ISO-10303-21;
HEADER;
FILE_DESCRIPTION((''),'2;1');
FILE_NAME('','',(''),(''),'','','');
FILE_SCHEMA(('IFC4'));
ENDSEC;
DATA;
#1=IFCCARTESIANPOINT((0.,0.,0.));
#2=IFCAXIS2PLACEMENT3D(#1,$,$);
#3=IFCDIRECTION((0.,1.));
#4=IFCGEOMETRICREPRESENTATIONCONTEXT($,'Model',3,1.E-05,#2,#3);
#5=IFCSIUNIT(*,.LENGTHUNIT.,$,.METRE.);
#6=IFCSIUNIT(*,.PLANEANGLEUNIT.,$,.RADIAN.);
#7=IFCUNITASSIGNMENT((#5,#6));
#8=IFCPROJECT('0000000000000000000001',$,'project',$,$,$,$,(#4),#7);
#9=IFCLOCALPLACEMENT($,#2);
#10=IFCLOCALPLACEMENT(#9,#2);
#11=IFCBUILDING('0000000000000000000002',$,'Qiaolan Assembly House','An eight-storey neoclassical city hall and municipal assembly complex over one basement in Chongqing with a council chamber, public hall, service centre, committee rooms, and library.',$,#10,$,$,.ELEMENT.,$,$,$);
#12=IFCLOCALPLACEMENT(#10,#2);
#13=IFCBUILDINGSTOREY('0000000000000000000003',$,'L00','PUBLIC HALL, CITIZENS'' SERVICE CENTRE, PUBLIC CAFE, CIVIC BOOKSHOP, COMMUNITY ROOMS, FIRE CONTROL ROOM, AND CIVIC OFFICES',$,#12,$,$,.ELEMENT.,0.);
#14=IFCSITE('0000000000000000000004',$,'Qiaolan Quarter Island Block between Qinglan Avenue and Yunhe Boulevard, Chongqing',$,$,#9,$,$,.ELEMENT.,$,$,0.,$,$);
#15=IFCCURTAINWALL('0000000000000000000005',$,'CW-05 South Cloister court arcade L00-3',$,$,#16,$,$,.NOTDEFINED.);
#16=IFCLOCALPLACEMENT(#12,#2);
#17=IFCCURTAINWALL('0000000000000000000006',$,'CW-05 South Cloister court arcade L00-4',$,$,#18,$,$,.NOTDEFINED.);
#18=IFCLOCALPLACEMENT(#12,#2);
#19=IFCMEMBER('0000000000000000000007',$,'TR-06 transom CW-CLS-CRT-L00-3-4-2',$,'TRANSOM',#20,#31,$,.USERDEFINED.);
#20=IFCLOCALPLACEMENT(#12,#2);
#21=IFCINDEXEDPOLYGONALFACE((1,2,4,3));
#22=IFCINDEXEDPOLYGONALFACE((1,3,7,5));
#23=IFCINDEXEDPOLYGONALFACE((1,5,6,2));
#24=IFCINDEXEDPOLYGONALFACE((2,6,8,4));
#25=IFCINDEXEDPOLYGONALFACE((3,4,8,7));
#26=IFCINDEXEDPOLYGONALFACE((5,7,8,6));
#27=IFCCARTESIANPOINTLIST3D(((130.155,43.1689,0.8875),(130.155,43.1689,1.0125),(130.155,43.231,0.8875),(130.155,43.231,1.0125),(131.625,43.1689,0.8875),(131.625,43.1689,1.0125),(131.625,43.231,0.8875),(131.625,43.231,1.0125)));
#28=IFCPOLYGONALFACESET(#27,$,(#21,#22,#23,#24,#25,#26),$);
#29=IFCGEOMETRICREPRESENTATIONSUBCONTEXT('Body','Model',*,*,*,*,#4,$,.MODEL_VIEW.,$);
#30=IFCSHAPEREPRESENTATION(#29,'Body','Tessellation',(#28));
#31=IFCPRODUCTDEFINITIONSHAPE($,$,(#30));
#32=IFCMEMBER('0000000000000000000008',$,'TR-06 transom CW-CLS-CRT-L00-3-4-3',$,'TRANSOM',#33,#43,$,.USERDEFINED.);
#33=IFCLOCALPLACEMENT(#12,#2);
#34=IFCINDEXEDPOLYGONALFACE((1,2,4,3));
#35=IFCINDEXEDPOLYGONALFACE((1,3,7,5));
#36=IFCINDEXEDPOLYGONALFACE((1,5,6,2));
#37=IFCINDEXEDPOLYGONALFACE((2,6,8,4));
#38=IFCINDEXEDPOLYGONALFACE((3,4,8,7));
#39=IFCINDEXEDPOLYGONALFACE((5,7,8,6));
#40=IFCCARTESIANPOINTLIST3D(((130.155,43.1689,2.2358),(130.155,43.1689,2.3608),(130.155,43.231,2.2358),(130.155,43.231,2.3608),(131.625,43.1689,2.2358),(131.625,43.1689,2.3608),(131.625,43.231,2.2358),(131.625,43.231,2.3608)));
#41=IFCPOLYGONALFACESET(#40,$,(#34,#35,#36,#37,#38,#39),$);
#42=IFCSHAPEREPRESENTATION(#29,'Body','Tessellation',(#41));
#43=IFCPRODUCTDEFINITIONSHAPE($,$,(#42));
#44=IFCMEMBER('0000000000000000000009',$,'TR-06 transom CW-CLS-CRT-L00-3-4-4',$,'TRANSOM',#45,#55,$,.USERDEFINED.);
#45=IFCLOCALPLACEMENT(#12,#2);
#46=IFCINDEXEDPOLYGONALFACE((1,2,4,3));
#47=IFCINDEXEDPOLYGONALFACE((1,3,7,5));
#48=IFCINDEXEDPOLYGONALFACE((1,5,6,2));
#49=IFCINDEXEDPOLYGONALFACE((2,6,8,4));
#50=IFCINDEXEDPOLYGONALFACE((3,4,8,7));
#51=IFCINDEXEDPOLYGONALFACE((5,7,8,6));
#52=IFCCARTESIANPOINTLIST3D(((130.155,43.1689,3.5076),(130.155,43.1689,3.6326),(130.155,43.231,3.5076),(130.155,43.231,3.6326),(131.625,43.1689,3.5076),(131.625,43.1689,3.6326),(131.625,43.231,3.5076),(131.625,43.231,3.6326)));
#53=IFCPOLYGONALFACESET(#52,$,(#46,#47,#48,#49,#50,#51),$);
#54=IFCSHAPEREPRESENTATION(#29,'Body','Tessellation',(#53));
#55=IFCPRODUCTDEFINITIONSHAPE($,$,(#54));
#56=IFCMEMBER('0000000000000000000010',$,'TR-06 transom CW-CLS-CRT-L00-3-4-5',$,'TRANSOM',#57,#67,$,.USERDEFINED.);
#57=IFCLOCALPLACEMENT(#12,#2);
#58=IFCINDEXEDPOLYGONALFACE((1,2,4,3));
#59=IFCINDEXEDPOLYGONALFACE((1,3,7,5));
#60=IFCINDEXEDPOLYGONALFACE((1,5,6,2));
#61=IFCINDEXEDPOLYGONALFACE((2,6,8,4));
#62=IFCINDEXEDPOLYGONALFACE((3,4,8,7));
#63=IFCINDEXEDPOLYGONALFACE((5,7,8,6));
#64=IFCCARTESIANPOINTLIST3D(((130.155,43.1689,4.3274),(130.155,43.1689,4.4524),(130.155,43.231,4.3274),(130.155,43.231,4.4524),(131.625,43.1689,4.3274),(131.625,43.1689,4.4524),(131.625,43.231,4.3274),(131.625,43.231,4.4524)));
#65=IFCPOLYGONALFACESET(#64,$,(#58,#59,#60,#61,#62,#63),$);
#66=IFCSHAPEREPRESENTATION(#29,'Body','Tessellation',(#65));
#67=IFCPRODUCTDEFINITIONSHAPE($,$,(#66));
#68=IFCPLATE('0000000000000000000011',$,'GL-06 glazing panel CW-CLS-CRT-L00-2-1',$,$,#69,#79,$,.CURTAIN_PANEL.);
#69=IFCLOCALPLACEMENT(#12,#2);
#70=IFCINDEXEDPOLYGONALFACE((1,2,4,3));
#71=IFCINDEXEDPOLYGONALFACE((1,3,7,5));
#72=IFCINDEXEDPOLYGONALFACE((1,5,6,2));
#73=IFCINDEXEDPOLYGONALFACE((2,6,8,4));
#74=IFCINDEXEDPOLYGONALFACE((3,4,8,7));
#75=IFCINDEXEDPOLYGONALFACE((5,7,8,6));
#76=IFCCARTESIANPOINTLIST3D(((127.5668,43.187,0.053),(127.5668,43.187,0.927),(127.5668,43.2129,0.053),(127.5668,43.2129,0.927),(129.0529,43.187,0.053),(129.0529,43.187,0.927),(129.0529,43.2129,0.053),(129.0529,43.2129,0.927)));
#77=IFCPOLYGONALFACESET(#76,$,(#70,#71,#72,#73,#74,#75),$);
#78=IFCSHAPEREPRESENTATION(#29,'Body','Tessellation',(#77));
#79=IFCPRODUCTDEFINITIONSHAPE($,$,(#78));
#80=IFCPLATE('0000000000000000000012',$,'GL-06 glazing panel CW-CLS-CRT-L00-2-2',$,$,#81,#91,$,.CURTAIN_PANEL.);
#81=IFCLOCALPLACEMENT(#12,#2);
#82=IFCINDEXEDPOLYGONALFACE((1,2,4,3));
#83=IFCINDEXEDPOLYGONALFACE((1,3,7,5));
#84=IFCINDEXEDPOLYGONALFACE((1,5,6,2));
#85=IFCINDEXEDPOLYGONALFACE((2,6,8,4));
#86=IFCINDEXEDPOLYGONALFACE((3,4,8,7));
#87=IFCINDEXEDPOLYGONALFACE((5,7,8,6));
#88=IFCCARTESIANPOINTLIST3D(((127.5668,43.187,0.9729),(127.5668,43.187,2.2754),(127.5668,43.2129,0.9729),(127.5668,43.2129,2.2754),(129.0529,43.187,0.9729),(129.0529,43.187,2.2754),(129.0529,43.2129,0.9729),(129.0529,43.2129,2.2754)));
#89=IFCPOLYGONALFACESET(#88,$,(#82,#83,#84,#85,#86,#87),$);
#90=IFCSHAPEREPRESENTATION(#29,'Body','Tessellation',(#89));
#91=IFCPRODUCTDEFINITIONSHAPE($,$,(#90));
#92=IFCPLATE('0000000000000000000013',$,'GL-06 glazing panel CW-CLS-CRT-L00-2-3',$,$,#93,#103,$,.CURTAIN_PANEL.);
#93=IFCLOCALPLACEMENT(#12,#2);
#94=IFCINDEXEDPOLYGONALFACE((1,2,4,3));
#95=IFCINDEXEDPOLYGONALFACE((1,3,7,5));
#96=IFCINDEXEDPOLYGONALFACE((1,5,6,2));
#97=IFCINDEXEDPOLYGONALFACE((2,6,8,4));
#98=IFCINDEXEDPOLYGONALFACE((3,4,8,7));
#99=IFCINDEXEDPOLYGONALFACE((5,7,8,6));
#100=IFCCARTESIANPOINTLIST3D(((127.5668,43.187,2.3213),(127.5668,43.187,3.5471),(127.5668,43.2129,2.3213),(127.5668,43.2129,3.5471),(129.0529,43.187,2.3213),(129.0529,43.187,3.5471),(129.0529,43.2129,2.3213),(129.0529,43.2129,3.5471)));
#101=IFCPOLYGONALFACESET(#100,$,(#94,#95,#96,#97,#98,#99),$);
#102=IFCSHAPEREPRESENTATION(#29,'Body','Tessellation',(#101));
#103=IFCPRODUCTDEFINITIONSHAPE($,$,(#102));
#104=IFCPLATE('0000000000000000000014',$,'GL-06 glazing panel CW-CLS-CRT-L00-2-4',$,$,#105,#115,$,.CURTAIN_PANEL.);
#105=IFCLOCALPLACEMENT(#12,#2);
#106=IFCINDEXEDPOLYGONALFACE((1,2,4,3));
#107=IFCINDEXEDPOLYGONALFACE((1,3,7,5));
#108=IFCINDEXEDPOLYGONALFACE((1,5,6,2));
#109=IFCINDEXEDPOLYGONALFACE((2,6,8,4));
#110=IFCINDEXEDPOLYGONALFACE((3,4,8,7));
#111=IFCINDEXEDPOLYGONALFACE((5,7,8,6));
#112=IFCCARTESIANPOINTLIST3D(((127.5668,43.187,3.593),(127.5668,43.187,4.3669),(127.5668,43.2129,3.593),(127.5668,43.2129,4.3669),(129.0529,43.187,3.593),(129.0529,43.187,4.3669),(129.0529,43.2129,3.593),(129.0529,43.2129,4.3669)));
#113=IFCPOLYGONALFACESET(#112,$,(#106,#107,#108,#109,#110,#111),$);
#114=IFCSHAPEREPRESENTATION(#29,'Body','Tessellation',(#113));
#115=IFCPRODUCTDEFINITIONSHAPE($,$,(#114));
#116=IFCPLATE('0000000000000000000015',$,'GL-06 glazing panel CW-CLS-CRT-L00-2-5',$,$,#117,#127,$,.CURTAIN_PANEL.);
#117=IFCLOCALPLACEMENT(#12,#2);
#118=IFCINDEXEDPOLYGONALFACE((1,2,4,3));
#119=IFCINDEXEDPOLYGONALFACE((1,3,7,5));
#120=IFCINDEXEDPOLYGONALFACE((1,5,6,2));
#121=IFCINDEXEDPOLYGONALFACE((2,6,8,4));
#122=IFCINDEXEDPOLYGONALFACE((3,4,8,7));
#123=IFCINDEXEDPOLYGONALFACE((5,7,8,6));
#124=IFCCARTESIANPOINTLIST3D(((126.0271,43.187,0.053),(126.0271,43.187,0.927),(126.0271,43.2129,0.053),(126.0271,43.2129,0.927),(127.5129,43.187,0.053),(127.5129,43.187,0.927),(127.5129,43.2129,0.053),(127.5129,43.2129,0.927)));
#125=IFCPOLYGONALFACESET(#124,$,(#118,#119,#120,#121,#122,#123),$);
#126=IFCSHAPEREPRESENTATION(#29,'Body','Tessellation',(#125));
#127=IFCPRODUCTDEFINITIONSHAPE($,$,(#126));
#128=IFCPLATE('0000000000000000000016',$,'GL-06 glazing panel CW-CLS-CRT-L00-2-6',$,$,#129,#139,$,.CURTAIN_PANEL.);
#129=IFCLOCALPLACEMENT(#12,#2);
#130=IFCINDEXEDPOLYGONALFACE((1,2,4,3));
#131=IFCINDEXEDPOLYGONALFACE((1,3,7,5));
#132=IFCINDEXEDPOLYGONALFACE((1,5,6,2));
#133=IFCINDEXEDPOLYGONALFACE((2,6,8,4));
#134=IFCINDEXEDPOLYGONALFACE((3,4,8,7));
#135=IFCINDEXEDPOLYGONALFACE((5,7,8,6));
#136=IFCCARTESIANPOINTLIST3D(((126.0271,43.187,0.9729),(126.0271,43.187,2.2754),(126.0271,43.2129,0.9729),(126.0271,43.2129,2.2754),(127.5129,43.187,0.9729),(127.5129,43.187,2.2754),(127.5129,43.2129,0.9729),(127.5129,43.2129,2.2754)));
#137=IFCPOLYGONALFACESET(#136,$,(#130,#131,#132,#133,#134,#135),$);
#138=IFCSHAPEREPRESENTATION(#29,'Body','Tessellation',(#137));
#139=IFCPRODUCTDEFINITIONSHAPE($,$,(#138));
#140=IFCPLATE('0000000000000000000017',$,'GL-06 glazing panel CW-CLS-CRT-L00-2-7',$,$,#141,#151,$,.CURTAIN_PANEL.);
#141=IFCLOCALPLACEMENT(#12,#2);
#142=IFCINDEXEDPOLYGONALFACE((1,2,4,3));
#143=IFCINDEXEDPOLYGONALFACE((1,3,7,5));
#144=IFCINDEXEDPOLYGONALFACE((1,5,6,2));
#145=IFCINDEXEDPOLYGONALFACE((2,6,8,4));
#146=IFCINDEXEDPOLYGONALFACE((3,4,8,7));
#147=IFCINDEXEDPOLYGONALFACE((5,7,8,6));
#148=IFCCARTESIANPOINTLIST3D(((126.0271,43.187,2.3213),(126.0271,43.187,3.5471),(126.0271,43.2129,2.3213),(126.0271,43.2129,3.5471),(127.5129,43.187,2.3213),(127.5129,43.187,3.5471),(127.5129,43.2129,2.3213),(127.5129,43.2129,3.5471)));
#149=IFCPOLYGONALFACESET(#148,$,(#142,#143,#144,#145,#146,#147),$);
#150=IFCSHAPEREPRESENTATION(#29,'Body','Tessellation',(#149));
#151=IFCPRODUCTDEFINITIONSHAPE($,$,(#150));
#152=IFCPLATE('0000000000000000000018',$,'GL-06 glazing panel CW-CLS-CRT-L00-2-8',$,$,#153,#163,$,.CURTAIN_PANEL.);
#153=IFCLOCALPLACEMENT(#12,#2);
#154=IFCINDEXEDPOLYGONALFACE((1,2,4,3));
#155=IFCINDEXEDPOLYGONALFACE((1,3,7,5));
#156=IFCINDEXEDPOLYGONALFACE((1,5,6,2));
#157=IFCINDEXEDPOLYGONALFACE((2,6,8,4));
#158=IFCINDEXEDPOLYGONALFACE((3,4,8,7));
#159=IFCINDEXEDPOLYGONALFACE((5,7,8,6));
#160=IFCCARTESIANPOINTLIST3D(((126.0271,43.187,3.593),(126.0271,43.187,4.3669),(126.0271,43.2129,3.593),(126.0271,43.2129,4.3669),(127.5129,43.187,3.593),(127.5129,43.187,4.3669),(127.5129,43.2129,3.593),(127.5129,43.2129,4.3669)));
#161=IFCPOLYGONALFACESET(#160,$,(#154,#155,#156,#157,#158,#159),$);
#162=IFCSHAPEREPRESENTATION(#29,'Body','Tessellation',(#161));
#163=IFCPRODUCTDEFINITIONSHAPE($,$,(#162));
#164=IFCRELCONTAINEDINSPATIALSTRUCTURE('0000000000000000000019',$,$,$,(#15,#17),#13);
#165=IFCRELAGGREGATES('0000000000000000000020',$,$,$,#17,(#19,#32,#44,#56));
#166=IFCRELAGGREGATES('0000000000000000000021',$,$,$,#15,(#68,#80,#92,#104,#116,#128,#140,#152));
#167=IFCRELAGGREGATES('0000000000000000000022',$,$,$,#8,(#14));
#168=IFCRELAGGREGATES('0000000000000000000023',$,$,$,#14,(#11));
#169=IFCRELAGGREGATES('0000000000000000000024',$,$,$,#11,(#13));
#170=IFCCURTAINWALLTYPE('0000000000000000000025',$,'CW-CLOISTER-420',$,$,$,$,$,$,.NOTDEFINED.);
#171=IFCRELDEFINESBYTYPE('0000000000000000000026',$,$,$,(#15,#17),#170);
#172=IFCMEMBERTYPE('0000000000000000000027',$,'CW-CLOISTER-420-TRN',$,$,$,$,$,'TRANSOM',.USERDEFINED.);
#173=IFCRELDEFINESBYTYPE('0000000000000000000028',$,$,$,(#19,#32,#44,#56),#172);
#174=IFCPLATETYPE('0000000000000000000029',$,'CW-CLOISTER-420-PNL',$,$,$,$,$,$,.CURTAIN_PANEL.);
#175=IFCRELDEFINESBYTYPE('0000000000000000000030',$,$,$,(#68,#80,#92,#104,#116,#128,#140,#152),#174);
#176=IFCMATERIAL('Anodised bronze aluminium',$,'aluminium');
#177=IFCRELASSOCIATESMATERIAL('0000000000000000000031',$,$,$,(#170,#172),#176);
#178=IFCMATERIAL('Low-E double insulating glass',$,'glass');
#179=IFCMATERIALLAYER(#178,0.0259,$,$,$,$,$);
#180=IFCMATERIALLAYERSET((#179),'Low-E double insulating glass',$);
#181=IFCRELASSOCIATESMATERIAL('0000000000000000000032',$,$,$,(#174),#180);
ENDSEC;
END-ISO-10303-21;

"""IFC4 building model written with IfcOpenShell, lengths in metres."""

from ifc_helpers import new_model, si_unit, direction, frame, frame_2d, origin, origin_2d, place, context, subcontext, project, spatial, rectangle, extrude, material, layer, layer_set, material_profile, profile_set, type_object, element, aggregate, save


model = new_model("IFC4")

# Units and contexts
model_context = context("Model", 3, precision=1e-05, world=origin(), true_north=direction((0.0, 1.0)))
body_context = subcontext(model_context, "Body", "Model", "MODEL_VIEW")
ifc_project = project(units=[si_unit("LENGTHUNIT", "METRE"), si_unit("PLANEANGLEUNIT", "RADIAN")], contexts=[model_context])

# Site, building, storey
site_placement = place(None, origin())
site = spatial("IfcSite", under=ifc_project, at=site_placement, Name="Qiaolan Quarter Island Block between Qinglan Avenue and Yunhe Boulevard, Chongqing", CompositionType="ELEMENT", RefElevation=0.0)
building_placement = place(site_placement, origin())
building = spatial("IfcBuilding", under=site, at=building_placement, Name="Qiaolan Assembly House", Description="An eight-storey neoclassical city hall and municipal assembly complex over one basement in Chongqing with a council chamber, public hall, service centre, committee rooms, and library.", CompositionType="ELEMENT")
storey_placement = place(building_placement, origin())
storey = spatial("IfcBuildingStorey", under=building, at=storey_placement, Name="L00", Description="PUBLIC HALL, CITIZENS' SERVICE CENTRE, PUBLIC CAFE, CIVIC BOOKSHOP, COMMUNITY ROOMS, FIRE CONTROL ROOM, AND CIVIC OFFICES", CompositionType="ELEMENT", Elevation=0.0)

# Curtain wall
ifc_material_1 = material(Name="Anodised bronze aluminium", Category="aluminium")
curtain_wall_type = type_object("IfcCurtainWallType", Name="CW-CLOISTER-420", PredefinedType="NOTDEFINED", material=ifc_material_1)
curtain_wall_1_placement = place(storey_placement, origin())
curtain_wall_1 = element("IfcCurtainWall", 1, at=curtain_wall_1_placement, inside=storey, type_object=curtain_wall_type, Name="CW-05 South Cloister court arcade L00-3", PredefinedType="NOTDEFINED")

# Curtain wall
curtain_wall_2_placement = place(storey_placement, origin())
curtain_wall_2 = element("IfcCurtainWall", 2, at=curtain_wall_2_placement, inside=storey, type_object=curtain_wall_type, Name="CW-05 South Cloister court arcade L00-4", PredefinedType="NOTDEFINED")

# Members
ifc_material_profile_1 = material_profile(ifc_material_1, rectangle(XDim=0.062, YDim=0.125, at=origin_2d()), Name="TRN 62x125")
ifc_profile_set_1 = profile_set([ifc_material_profile_1], Name="Anodised bronze aluminium")
member_type_1 = type_object("IfcMemberType", Name="CW-CLOISTER-420-TRN", ElementType="TRANSOM", PredefinedType="USERDEFINED", material=ifc_profile_set_1)
member_1_placement = place(storey_placement, frame((131.625, 43.2, 0.95), z_axis=(-1.0, 0.0, 0.0), x_axis=(0.0, -1.0, 0.0)))
member_1 = element("IfcMember", 3, at=member_1_placement, type_object=member_type_1, Name="TR-06 transom CW-CLS-CRT-L00-3-4-2", ObjectType="TRANSOM", PredefinedType="USERDEFINED", context=body_context, shape_type="SweptSolid", body=[
    extrude(rectangle(XDim=0.062, YDim=0.125, at=origin_2d()), origin(), (0.0, 0.0, 1.0), 1.47),
])
member_2_placement = place(storey_placement, frame((131.625, 43.2, 2.2983), z_axis=(-1.0, 0.0, 0.0), x_axis=(0.0, -1.0, 0.0)))
member_2 = element("IfcMember", 4, at=member_2_placement, type_object=member_type_1, Name="TR-06 transom CW-CLS-CRT-L00-3-4-3", ObjectType="TRANSOM", PredefinedType="USERDEFINED", context=body_context, shape_type="SweptSolid", body=[
    extrude(rectangle(XDim=0.062, YDim=0.125, at=origin_2d()), origin(), (0.0, 0.0, 1.0), 1.47),
])
member_3_placement = place(storey_placement, frame((131.625, 43.2, 3.5701), z_axis=(-1.0, 0.0, 0.0), x_axis=(0.0, -1.0, 0.0)))
member_3 = element("IfcMember", 5, at=member_3_placement, type_object=member_type_1, Name="TR-06 transom CW-CLS-CRT-L00-3-4-4", ObjectType="TRANSOM", PredefinedType="USERDEFINED", context=body_context, shape_type="SweptSolid", body=[
    extrude(rectangle(XDim=0.062, YDim=0.125, at=origin_2d()), origin(), (0.0, 0.0, 1.0), 1.47),
])
member_4_placement = place(storey_placement, frame((131.625, 43.2, 4.3899), z_axis=(-1.0, 0.0, 0.0), x_axis=(0.0, -1.0, 0.0)))
member_4 = element("IfcMember", 6, at=member_4_placement, type_object=member_type_1, Name="TR-06 transom CW-CLS-CRT-L00-3-4-5", ObjectType="TRANSOM", PredefinedType="USERDEFINED", context=body_context, shape_type="SweptSolid", body=[
    extrude(rectangle(XDim=0.062, YDim=0.125, at=origin_2d()), origin(), (0.0, 0.0, 1.0), 1.47),
])
aggregate(curtain_wall_2, [member_1, member_2, member_3, member_4])

# Plates
ifc_material_2 = material(Name="Low-E double insulating glass", Category="glass")
ifc_layer = layer(ifc_material_2, 0.0259)
ifc_layer_set = layer_set([ifc_layer], Name="Low-E double insulating glass")
plate_type = type_object("IfcPlateType", Name="CW-CLOISTER-420-PNL", PredefinedType="CURTAIN_PANEL", material=ifc_layer_set)
plate_1_placement = place(storey_placement, frame((129.053, 43.2, 0.053), z_axis=(0.0, 0.0, 1.0), x_axis=(-1.0, 0.0, 0.0)))
plate_1 = element("IfcPlate", 7, at=plate_1_placement, type_object=plate_type, Name="GL-06 glazing panel CW-CLS-CRT-L00-2-1", PredefinedType="CURTAIN_PANEL", context=body_context, shape_type="SweptSolid", body=[
    extrude(rectangle(XDim=1.4861, YDim=0.0259, at=frame_2d((0.7432, 0.0))), origin(), (0.0, 0.0, 1.0), 0.874),
])
plate_2_placement = place(storey_placement, frame((129.053, 43.2, 0.9729), z_axis=(0.0, 0.0, 1.0), x_axis=(-1.0, 0.0, 0.0)))
plate_2 = element("IfcPlate", 8, at=plate_2_placement, type_object=plate_type, Name="GL-06 glazing panel CW-CLS-CRT-L00-2-2", PredefinedType="CURTAIN_PANEL", context=body_context, shape_type="SweptSolid", body=[
    extrude(rectangle(XDim=1.4861, YDim=0.0259, at=frame_2d((0.7432, 0.0))), origin(), (0.0, 0.0, 1.0), 1.3025),
])
plate_3_placement = place(storey_placement, frame((129.053, 43.2, 2.3213), z_axis=(0.0, 0.0, 1.0), x_axis=(-1.0, 0.0, 0.0)))
plate_3 = element("IfcPlate", 9, at=plate_3_placement, type_object=plate_type, Name="GL-06 glazing panel CW-CLS-CRT-L00-2-3", PredefinedType="CURTAIN_PANEL", context=body_context, shape_type="SweptSolid", body=[
    extrude(rectangle(XDim=1.4861, YDim=0.0259, at=frame_2d((0.7432, 0.0))), origin(), (0.0, 0.0, 1.0), 1.2258),
])
plate_4_placement = place(storey_placement, frame((129.053, 43.2, 3.593), z_axis=(0.0, 0.0, 1.0), x_axis=(-1.0, 0.0, 0.0)))
plate_4 = element("IfcPlate", 10, at=plate_4_placement, type_object=plate_type, Name="GL-06 glazing panel CW-CLS-CRT-L00-2-4", PredefinedType="CURTAIN_PANEL", context=body_context, shape_type="SweptSolid", body=[
    extrude(rectangle(XDim=1.4861, YDim=0.0259, at=frame_2d((0.7432, 0.0))), origin(), (0.0, 0.0, 1.0), 0.7739),
])
plate_5_placement = place(storey_placement, frame((127.5129, 43.2, 0.053), z_axis=(0.0, 0.0, 1.0), x_axis=(-1.0, 0.0, 0.0)))
plate_5 = element("IfcPlate", 11, at=plate_5_placement, type_object=plate_type, Name="GL-06 glazing panel CW-CLS-CRT-L00-2-5", PredefinedType="CURTAIN_PANEL", context=body_context, shape_type="SweptSolid", body=[
    extrude(rectangle(XDim=1.4858, YDim=0.0259, at=frame_2d((0.7429, 0.0))), origin(), (0.0, 0.0, 1.0), 0.874),
])
plate_6_placement = place(storey_placement, frame((127.5129, 43.2, 0.9729), z_axis=(0.0, 0.0, 1.0), x_axis=(-1.0, 0.0, 0.0)))
plate_6 = element("IfcPlate", 12, at=plate_6_placement, type_object=plate_type, Name="GL-06 glazing panel CW-CLS-CRT-L00-2-6", PredefinedType="CURTAIN_PANEL", context=body_context, shape_type="SweptSolid", body=[
    extrude(rectangle(XDim=1.4858, YDim=0.0259, at=frame_2d((0.7429, 0.0))), origin(), (0.0, 0.0, 1.0), 1.3025),
])
plate_7_placement = place(storey_placement, frame((127.5129, 43.2, 2.3213), z_axis=(0.0, 0.0, 1.0), x_axis=(-1.0, 0.0, 0.0)))
plate_7 = element("IfcPlate", 13, at=plate_7_placement, type_object=plate_type, Name="GL-06 glazing panel CW-CLS-CRT-L00-2-7", PredefinedType="CURTAIN_PANEL", context=body_context, shape_type="SweptSolid", body=[
    extrude(rectangle(XDim=1.4858, YDim=0.0259, at=frame_2d((0.7429, 0.0))), origin(), (0.0, 0.0, 1.0), 1.2258),
])
plate_8_placement = place(storey_placement, frame((127.5129, 43.2, 3.593), z_axis=(0.0, 0.0, 1.0), x_axis=(-1.0, 0.0, 0.0)))
plate_8 = element("IfcPlate", 14, at=plate_8_placement, type_object=plate_type, Name="GL-06 glazing panel CW-CLS-CRT-L00-2-8", PredefinedType="CURTAIN_PANEL", context=body_context, shape_type="SweptSolid", body=[
    extrude(rectangle(XDim=1.4858, YDim=0.0259, at=frame_2d((0.7429, 0.0))), origin(), (0.0, 0.0, 1.0), 0.7739),
])
aggregate(curtain_wall_1, [plate_1, plate_2, plate_3, plate_4, plate_5, plate_6, plate_7, plate_8])

save(model, "model.ifc")
